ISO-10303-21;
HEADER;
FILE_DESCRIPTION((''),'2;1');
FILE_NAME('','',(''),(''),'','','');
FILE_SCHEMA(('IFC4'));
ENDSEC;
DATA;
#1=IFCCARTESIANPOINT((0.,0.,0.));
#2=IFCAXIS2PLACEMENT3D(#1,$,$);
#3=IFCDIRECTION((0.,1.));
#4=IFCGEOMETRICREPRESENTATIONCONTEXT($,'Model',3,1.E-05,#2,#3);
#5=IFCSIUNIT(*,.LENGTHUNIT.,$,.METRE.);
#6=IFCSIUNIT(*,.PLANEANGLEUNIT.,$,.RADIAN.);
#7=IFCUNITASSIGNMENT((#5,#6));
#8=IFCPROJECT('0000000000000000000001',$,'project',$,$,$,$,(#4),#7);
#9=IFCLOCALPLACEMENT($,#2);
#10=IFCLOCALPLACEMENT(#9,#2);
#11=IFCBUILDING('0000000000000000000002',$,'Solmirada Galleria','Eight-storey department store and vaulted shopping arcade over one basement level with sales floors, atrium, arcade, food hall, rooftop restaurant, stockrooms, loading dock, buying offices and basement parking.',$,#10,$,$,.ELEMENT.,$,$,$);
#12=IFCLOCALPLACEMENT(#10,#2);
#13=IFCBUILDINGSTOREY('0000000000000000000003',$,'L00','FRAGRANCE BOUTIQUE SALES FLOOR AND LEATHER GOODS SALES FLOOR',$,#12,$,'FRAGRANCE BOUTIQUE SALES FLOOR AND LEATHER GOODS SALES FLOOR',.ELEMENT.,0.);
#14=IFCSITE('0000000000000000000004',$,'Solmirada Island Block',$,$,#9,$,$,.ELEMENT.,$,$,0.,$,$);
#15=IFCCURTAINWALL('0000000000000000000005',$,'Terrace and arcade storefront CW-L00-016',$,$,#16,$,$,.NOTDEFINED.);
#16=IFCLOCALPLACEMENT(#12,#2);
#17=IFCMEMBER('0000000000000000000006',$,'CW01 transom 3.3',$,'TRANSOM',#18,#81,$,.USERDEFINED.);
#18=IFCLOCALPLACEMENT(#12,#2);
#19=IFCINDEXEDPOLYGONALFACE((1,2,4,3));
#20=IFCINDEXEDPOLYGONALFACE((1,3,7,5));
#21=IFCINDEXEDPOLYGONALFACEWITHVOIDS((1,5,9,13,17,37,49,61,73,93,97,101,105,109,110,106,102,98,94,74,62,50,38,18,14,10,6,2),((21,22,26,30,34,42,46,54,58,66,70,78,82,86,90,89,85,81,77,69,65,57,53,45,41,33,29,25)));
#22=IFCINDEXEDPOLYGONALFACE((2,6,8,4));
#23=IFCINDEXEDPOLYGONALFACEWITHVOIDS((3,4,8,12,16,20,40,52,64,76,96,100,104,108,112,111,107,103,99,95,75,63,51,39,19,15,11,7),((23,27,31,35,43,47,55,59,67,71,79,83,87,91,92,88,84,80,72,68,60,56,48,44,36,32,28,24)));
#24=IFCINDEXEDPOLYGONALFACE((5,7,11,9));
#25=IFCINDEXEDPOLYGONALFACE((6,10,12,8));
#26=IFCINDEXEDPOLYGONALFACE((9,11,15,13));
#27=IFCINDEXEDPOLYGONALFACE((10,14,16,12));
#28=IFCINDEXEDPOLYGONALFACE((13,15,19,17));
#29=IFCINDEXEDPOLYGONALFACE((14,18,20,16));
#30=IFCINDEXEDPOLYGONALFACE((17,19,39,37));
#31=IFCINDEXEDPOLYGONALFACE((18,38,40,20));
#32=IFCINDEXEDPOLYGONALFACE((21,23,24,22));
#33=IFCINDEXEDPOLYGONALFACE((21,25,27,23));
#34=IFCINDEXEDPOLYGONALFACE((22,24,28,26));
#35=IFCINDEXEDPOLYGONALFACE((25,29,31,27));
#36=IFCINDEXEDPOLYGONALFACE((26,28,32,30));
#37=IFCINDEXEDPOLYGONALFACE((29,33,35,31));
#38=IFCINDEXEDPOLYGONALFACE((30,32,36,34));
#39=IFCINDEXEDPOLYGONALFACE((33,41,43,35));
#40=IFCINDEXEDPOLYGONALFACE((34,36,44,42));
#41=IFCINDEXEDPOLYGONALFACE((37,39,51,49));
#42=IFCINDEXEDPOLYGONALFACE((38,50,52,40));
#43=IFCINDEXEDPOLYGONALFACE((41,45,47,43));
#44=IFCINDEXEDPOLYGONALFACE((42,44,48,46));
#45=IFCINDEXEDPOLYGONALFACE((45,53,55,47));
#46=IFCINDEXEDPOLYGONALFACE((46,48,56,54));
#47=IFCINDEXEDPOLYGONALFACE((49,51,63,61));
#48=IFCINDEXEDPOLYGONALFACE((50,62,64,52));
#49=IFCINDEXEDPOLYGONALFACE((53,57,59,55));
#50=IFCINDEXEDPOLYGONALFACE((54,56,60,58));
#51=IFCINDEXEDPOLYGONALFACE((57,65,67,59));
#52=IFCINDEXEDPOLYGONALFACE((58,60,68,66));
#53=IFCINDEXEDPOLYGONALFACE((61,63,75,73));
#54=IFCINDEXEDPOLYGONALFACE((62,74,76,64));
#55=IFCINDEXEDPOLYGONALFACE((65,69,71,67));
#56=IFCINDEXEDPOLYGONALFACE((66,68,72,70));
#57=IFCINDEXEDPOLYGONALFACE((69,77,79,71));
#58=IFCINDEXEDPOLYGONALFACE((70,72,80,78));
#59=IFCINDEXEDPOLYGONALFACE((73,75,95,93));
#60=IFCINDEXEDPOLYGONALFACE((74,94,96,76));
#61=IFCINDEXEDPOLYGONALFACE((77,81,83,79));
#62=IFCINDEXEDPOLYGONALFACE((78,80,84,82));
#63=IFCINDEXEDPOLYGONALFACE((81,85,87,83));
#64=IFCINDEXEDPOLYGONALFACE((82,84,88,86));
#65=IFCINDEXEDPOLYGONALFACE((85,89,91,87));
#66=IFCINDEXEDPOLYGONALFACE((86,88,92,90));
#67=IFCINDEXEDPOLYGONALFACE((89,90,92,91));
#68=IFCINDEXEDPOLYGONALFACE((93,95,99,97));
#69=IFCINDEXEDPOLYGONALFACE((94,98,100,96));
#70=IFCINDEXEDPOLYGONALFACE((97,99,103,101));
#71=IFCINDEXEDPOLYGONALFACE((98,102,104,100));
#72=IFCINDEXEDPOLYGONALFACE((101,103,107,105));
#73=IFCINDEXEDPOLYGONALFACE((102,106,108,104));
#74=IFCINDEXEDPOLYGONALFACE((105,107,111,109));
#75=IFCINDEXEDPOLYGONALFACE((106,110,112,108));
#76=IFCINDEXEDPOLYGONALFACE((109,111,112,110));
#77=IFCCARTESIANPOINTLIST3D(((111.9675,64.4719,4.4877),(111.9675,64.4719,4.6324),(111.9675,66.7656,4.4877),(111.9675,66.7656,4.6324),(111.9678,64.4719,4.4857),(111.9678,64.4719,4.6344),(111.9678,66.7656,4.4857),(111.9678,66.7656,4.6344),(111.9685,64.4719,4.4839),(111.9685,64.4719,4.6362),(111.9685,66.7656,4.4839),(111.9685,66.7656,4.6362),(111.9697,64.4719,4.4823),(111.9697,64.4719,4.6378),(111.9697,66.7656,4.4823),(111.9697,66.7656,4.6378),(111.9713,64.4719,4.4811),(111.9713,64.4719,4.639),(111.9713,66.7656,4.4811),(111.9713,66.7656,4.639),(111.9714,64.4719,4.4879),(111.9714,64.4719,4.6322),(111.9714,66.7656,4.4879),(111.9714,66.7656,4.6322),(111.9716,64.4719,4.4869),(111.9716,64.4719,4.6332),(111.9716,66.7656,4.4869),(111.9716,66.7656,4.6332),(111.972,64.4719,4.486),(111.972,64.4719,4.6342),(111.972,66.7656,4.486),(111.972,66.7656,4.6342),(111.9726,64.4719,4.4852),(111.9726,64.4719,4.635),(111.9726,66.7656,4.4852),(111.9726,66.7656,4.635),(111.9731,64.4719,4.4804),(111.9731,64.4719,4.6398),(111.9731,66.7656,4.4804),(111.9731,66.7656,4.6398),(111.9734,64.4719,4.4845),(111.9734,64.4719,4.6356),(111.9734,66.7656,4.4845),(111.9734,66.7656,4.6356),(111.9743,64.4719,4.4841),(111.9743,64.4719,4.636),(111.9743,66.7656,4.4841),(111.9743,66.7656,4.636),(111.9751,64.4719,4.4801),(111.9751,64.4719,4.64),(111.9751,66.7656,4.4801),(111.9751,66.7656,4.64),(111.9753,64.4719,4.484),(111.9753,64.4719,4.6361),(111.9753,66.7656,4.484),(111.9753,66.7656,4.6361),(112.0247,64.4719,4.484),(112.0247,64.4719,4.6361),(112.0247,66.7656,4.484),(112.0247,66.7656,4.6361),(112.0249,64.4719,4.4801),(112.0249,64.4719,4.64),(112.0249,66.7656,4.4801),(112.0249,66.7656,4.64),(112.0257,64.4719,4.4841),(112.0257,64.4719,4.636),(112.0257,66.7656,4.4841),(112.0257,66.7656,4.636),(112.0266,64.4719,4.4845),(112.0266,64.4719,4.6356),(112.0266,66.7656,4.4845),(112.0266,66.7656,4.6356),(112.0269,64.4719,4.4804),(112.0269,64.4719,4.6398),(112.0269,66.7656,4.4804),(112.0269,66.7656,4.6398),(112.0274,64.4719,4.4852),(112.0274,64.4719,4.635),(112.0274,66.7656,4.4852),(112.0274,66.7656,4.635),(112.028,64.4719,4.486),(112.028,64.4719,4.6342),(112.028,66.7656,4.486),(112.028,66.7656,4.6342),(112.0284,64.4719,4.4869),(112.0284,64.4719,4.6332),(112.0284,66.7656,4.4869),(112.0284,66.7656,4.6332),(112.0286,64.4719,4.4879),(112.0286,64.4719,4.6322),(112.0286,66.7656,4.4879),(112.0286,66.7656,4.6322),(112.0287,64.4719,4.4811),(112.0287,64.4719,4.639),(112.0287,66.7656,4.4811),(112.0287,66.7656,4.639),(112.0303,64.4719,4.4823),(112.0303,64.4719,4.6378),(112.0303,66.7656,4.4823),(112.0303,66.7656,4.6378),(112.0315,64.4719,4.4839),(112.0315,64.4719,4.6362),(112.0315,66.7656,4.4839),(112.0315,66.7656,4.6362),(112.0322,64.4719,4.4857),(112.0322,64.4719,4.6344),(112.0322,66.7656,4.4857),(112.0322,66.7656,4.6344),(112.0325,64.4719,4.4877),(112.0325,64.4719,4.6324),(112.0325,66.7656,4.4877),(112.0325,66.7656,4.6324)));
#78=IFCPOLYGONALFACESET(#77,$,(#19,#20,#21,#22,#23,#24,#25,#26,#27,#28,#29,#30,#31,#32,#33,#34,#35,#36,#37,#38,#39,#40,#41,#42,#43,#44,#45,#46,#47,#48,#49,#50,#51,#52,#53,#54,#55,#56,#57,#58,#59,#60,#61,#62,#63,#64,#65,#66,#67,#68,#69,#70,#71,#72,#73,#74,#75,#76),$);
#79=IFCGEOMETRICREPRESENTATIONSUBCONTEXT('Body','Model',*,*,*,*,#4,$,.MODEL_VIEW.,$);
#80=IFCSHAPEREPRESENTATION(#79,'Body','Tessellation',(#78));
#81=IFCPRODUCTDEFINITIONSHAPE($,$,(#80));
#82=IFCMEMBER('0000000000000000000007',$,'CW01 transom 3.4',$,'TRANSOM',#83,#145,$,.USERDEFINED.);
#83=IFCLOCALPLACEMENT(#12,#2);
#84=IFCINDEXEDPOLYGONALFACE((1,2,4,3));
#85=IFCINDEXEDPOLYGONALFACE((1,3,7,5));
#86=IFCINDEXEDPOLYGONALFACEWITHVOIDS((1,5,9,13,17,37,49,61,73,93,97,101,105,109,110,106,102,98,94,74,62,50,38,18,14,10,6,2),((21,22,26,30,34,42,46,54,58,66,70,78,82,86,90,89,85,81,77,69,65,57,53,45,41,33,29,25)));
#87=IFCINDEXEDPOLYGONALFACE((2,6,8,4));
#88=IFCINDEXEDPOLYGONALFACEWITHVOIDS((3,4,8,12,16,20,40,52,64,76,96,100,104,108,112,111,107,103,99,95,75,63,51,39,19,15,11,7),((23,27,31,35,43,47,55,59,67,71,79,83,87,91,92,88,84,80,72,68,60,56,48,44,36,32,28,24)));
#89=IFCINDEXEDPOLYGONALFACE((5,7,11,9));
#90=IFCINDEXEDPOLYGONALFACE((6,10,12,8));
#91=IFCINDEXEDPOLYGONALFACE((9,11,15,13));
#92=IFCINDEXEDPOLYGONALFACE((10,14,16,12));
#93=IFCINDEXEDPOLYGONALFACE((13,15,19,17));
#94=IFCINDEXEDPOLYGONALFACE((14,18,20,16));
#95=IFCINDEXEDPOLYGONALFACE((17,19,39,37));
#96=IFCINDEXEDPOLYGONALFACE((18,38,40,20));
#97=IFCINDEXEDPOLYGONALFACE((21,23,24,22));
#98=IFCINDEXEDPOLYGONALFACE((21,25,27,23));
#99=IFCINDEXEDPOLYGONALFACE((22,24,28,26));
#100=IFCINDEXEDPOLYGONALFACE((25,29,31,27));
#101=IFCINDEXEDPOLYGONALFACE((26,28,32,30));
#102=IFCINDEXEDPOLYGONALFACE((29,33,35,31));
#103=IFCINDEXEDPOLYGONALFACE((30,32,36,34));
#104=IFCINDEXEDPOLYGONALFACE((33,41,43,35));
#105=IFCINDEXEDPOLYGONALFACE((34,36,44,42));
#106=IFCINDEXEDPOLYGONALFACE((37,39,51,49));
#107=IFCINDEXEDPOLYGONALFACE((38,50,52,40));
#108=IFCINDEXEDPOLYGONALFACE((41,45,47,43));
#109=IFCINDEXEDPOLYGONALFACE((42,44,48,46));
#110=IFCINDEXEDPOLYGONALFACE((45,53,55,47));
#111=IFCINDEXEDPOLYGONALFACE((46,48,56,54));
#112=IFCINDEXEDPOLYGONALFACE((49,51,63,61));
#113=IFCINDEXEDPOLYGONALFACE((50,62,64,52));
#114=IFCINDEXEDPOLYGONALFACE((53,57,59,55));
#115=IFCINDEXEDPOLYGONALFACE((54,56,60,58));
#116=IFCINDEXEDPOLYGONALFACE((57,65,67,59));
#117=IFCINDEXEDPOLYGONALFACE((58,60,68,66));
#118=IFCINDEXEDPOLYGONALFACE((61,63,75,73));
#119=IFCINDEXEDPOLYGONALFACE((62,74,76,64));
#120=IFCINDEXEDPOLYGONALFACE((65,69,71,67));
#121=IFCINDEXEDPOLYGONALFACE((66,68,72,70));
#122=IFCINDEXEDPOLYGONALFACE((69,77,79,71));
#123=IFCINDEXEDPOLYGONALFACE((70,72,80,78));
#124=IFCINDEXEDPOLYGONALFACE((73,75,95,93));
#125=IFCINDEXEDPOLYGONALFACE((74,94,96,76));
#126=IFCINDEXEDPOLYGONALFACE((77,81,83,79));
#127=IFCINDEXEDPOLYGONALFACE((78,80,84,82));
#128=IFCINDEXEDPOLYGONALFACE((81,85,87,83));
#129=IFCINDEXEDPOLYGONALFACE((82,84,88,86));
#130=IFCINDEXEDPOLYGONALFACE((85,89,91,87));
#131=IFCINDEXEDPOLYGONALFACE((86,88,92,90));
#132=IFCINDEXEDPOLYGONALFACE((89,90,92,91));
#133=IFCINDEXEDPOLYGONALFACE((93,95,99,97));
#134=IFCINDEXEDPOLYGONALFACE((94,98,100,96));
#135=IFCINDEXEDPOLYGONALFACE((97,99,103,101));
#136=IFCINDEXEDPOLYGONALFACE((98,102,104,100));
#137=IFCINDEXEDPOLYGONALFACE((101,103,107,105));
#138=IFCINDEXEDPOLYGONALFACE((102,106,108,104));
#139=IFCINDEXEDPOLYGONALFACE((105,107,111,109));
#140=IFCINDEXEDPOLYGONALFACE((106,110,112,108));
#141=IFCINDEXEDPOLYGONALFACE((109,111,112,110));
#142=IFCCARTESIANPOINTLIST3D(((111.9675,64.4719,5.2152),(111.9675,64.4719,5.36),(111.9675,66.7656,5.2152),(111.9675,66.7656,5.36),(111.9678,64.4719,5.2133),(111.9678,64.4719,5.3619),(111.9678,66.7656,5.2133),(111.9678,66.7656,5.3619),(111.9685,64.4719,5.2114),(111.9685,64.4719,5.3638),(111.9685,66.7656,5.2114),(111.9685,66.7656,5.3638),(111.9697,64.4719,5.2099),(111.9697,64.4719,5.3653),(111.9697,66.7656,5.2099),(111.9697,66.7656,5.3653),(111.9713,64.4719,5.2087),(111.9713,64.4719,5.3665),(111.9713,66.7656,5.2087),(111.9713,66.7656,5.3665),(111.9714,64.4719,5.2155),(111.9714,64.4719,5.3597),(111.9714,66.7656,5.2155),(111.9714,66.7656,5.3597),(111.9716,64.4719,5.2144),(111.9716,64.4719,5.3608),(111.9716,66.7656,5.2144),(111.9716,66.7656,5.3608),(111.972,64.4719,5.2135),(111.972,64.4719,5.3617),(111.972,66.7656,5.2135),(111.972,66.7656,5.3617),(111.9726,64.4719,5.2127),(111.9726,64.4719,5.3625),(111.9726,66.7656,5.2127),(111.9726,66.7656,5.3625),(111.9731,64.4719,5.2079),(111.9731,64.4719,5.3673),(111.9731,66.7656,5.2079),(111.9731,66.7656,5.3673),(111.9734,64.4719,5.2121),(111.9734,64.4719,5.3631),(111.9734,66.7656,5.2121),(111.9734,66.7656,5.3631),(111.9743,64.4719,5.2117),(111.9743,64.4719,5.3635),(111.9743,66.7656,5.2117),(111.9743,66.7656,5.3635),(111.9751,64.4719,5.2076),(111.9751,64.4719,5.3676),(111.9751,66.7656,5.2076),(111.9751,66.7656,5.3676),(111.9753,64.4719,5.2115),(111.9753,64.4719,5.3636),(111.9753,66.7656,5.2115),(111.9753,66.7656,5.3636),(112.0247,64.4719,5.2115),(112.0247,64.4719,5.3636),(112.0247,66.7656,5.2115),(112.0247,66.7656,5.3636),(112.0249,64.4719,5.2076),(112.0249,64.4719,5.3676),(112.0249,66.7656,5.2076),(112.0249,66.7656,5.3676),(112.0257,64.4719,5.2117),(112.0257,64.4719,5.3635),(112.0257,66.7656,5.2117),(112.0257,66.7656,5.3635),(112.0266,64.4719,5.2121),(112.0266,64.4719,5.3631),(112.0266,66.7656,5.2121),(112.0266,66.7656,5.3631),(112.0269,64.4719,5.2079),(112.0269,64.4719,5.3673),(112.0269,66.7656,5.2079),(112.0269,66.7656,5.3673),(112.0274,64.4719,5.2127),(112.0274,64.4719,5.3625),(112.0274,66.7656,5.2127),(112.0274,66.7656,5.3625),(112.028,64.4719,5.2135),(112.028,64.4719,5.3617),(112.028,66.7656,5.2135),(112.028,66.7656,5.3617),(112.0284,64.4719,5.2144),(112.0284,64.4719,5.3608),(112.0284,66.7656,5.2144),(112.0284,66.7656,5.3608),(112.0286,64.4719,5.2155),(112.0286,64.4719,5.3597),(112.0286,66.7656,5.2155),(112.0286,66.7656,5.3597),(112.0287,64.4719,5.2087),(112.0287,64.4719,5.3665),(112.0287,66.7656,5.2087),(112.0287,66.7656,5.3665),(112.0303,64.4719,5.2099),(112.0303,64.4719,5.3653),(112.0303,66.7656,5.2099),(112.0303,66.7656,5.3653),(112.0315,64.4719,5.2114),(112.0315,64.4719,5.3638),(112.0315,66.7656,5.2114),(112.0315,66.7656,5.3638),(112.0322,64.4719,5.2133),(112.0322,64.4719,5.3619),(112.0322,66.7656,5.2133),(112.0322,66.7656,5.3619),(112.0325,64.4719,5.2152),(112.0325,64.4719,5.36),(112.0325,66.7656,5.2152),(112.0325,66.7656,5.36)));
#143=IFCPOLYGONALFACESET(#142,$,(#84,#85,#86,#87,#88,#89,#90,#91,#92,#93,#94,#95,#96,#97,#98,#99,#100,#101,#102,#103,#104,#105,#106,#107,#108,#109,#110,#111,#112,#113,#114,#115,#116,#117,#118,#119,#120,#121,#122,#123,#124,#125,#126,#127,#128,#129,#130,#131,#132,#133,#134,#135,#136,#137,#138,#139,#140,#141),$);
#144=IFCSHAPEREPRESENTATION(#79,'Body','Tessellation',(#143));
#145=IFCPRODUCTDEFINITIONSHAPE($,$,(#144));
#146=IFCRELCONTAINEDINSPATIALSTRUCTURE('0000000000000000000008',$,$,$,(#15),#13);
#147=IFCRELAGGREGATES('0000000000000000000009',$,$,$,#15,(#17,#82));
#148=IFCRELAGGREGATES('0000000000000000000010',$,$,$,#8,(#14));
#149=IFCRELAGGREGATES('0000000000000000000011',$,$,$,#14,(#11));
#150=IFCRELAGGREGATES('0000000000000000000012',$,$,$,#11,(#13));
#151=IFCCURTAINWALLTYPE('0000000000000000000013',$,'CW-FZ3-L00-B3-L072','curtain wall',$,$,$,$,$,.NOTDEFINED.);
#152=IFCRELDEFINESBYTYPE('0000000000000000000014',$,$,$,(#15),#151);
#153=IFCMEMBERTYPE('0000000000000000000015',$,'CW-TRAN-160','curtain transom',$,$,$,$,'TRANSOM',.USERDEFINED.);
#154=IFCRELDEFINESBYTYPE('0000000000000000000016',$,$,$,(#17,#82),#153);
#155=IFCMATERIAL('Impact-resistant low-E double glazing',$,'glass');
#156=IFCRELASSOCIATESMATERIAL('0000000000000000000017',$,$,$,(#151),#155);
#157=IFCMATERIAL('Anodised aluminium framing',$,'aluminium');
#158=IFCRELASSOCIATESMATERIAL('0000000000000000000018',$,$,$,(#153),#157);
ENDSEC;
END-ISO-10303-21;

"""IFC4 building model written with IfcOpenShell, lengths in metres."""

from ifc_helpers import new_model, si_unit, direction, frame, origin, origin_2d, place, context, subcontext, project, spatial, hollow_rectangle, extrude, material, material_profile, profile_set, type_object, element, aggregate, save


model = new_model("IFC4")

# Units and contexts
model_context = context("Model", 3, precision=1e-05, world=origin(), true_north=direction((0.0, 1.0)))
body_context = subcontext(model_context, "Body", "Model", "MODEL_VIEW")
ifc_project = project(units=[si_unit("LENGTHUNIT", "METRE"), si_unit("PLANEANGLEUNIT", "RADIAN")], contexts=[model_context])

# Site, building, storey
site_placement = place(None, origin())
site = spatial("IfcSite", under=ifc_project, at=site_placement, Name="Solmirada Island Block", CompositionType="ELEMENT", RefElevation=0.0)
building_placement = place(site_placement, origin())
building = spatial("IfcBuilding", under=site, at=building_placement, Name="Solmirada Galleria", Description="Eight-storey department store and vaulted shopping arcade over one basement level with sales floors, atrium, arcade, food hall, rooftop restaurant, stockrooms, loading dock, buying offices and basement parking.", CompositionType="ELEMENT")
storey_placement = place(building_placement, origin())
storey = spatial("IfcBuildingStorey", under=building, at=storey_placement, Name="L00", Description="FRAGRANCE BOUTIQUE SALES FLOOR AND LEATHER GOODS SALES FLOOR", LongName="FRAGRANCE BOUTIQUE SALES FLOOR AND LEATHER GOODS SALES FLOOR", CompositionType="ELEMENT", Elevation=0.0)

# Curtain wall
ifc_material_1 = material(Name="Impact-resistant low-E double glazing", Category="glass")
curtain_wall_type = type_object("IfcCurtainWallType", Name="CW-FZ3-L00-B3-L072", Description="curtain wall", PredefinedType="NOTDEFINED", material=ifc_material_1)
curtain_wall_1_placement = place(storey_placement, origin())
curtain_wall_1 = element("IfcCurtainWall", 1, at=curtain_wall_1_placement, inside=storey, type_object=curtain_wall_type, Name="Terrace and arcade storefront CW-L00-016", PredefinedType="NOTDEFINED")
ifc_material_2 = material(Name="Anodised aluminium framing", Category="aluminium")

# Members
ifc_material_profile_1 = material_profile(ifc_material_2, hollow_rectangle(XDim=0.0649, YDim=0.1599, WallThickness=0.0039, InnerFilletRadius=0.0039, OuterFilletRadius=0.0076, at=origin_2d()), Name="ALU-TRAN-160X65")
ifc_profile_set_1 = profile_set([ifc_material_profile_1], Name="Anodised aluminium framing")
member_type_1 = type_object("IfcMemberType", Name="CW-TRAN-160", Description="curtain transom", ElementType="TRANSOM", PredefinedType="USERDEFINED", material=ifc_profile_set_1)
member_1_placement = place(storey_placement, frame((112.0, 66.7656, 4.5601), z_axis=(0.0, -1.0, 0.0), x_axis=(1.0, 0.0, 0.0)))
member_1 = element("IfcMember", 2, at=member_1_placement, type_object=member_type_1, Name="CW01 transom 3.3", ObjectType="TRANSOM", PredefinedType="USERDEFINED", context=body_context, shape_type="SweptSolid", body=[
    extrude(hollow_rectangle(XDim=0.0649, YDim=0.1599, WallThickness=0.0039, InnerFilletRadius=0.0039, OuterFilletRadius=0.0076, at=origin_2d()), origin(), (0.0, 0.0, 1.0), 2.2937),
])
member_2_placement = place(storey_placement, frame((112.0, 66.7656, 5.2876), z_axis=(0.0, -1.0, 0.0), x_axis=(1.0, 0.0, 0.0)))
member_2 = element("IfcMember", 3, at=member_2_placement, type_object=member_type_1, Name="CW01 transom 3.4", ObjectType="TRANSOM", PredefinedType="USERDEFINED", context=body_context, shape_type="SweptSolid", body=[
    extrude(hollow_rectangle(XDim=0.0649, YDim=0.1599, WallThickness=0.0039, InnerFilletRadius=0.0039, OuterFilletRadius=0.0076, at=origin_2d()), origin(), (0.0, 0.0, 1.0), 2.2937),
])

aggregate(curtain_wall_1, [member_1, member_2])

save(model, "model.ifc")
